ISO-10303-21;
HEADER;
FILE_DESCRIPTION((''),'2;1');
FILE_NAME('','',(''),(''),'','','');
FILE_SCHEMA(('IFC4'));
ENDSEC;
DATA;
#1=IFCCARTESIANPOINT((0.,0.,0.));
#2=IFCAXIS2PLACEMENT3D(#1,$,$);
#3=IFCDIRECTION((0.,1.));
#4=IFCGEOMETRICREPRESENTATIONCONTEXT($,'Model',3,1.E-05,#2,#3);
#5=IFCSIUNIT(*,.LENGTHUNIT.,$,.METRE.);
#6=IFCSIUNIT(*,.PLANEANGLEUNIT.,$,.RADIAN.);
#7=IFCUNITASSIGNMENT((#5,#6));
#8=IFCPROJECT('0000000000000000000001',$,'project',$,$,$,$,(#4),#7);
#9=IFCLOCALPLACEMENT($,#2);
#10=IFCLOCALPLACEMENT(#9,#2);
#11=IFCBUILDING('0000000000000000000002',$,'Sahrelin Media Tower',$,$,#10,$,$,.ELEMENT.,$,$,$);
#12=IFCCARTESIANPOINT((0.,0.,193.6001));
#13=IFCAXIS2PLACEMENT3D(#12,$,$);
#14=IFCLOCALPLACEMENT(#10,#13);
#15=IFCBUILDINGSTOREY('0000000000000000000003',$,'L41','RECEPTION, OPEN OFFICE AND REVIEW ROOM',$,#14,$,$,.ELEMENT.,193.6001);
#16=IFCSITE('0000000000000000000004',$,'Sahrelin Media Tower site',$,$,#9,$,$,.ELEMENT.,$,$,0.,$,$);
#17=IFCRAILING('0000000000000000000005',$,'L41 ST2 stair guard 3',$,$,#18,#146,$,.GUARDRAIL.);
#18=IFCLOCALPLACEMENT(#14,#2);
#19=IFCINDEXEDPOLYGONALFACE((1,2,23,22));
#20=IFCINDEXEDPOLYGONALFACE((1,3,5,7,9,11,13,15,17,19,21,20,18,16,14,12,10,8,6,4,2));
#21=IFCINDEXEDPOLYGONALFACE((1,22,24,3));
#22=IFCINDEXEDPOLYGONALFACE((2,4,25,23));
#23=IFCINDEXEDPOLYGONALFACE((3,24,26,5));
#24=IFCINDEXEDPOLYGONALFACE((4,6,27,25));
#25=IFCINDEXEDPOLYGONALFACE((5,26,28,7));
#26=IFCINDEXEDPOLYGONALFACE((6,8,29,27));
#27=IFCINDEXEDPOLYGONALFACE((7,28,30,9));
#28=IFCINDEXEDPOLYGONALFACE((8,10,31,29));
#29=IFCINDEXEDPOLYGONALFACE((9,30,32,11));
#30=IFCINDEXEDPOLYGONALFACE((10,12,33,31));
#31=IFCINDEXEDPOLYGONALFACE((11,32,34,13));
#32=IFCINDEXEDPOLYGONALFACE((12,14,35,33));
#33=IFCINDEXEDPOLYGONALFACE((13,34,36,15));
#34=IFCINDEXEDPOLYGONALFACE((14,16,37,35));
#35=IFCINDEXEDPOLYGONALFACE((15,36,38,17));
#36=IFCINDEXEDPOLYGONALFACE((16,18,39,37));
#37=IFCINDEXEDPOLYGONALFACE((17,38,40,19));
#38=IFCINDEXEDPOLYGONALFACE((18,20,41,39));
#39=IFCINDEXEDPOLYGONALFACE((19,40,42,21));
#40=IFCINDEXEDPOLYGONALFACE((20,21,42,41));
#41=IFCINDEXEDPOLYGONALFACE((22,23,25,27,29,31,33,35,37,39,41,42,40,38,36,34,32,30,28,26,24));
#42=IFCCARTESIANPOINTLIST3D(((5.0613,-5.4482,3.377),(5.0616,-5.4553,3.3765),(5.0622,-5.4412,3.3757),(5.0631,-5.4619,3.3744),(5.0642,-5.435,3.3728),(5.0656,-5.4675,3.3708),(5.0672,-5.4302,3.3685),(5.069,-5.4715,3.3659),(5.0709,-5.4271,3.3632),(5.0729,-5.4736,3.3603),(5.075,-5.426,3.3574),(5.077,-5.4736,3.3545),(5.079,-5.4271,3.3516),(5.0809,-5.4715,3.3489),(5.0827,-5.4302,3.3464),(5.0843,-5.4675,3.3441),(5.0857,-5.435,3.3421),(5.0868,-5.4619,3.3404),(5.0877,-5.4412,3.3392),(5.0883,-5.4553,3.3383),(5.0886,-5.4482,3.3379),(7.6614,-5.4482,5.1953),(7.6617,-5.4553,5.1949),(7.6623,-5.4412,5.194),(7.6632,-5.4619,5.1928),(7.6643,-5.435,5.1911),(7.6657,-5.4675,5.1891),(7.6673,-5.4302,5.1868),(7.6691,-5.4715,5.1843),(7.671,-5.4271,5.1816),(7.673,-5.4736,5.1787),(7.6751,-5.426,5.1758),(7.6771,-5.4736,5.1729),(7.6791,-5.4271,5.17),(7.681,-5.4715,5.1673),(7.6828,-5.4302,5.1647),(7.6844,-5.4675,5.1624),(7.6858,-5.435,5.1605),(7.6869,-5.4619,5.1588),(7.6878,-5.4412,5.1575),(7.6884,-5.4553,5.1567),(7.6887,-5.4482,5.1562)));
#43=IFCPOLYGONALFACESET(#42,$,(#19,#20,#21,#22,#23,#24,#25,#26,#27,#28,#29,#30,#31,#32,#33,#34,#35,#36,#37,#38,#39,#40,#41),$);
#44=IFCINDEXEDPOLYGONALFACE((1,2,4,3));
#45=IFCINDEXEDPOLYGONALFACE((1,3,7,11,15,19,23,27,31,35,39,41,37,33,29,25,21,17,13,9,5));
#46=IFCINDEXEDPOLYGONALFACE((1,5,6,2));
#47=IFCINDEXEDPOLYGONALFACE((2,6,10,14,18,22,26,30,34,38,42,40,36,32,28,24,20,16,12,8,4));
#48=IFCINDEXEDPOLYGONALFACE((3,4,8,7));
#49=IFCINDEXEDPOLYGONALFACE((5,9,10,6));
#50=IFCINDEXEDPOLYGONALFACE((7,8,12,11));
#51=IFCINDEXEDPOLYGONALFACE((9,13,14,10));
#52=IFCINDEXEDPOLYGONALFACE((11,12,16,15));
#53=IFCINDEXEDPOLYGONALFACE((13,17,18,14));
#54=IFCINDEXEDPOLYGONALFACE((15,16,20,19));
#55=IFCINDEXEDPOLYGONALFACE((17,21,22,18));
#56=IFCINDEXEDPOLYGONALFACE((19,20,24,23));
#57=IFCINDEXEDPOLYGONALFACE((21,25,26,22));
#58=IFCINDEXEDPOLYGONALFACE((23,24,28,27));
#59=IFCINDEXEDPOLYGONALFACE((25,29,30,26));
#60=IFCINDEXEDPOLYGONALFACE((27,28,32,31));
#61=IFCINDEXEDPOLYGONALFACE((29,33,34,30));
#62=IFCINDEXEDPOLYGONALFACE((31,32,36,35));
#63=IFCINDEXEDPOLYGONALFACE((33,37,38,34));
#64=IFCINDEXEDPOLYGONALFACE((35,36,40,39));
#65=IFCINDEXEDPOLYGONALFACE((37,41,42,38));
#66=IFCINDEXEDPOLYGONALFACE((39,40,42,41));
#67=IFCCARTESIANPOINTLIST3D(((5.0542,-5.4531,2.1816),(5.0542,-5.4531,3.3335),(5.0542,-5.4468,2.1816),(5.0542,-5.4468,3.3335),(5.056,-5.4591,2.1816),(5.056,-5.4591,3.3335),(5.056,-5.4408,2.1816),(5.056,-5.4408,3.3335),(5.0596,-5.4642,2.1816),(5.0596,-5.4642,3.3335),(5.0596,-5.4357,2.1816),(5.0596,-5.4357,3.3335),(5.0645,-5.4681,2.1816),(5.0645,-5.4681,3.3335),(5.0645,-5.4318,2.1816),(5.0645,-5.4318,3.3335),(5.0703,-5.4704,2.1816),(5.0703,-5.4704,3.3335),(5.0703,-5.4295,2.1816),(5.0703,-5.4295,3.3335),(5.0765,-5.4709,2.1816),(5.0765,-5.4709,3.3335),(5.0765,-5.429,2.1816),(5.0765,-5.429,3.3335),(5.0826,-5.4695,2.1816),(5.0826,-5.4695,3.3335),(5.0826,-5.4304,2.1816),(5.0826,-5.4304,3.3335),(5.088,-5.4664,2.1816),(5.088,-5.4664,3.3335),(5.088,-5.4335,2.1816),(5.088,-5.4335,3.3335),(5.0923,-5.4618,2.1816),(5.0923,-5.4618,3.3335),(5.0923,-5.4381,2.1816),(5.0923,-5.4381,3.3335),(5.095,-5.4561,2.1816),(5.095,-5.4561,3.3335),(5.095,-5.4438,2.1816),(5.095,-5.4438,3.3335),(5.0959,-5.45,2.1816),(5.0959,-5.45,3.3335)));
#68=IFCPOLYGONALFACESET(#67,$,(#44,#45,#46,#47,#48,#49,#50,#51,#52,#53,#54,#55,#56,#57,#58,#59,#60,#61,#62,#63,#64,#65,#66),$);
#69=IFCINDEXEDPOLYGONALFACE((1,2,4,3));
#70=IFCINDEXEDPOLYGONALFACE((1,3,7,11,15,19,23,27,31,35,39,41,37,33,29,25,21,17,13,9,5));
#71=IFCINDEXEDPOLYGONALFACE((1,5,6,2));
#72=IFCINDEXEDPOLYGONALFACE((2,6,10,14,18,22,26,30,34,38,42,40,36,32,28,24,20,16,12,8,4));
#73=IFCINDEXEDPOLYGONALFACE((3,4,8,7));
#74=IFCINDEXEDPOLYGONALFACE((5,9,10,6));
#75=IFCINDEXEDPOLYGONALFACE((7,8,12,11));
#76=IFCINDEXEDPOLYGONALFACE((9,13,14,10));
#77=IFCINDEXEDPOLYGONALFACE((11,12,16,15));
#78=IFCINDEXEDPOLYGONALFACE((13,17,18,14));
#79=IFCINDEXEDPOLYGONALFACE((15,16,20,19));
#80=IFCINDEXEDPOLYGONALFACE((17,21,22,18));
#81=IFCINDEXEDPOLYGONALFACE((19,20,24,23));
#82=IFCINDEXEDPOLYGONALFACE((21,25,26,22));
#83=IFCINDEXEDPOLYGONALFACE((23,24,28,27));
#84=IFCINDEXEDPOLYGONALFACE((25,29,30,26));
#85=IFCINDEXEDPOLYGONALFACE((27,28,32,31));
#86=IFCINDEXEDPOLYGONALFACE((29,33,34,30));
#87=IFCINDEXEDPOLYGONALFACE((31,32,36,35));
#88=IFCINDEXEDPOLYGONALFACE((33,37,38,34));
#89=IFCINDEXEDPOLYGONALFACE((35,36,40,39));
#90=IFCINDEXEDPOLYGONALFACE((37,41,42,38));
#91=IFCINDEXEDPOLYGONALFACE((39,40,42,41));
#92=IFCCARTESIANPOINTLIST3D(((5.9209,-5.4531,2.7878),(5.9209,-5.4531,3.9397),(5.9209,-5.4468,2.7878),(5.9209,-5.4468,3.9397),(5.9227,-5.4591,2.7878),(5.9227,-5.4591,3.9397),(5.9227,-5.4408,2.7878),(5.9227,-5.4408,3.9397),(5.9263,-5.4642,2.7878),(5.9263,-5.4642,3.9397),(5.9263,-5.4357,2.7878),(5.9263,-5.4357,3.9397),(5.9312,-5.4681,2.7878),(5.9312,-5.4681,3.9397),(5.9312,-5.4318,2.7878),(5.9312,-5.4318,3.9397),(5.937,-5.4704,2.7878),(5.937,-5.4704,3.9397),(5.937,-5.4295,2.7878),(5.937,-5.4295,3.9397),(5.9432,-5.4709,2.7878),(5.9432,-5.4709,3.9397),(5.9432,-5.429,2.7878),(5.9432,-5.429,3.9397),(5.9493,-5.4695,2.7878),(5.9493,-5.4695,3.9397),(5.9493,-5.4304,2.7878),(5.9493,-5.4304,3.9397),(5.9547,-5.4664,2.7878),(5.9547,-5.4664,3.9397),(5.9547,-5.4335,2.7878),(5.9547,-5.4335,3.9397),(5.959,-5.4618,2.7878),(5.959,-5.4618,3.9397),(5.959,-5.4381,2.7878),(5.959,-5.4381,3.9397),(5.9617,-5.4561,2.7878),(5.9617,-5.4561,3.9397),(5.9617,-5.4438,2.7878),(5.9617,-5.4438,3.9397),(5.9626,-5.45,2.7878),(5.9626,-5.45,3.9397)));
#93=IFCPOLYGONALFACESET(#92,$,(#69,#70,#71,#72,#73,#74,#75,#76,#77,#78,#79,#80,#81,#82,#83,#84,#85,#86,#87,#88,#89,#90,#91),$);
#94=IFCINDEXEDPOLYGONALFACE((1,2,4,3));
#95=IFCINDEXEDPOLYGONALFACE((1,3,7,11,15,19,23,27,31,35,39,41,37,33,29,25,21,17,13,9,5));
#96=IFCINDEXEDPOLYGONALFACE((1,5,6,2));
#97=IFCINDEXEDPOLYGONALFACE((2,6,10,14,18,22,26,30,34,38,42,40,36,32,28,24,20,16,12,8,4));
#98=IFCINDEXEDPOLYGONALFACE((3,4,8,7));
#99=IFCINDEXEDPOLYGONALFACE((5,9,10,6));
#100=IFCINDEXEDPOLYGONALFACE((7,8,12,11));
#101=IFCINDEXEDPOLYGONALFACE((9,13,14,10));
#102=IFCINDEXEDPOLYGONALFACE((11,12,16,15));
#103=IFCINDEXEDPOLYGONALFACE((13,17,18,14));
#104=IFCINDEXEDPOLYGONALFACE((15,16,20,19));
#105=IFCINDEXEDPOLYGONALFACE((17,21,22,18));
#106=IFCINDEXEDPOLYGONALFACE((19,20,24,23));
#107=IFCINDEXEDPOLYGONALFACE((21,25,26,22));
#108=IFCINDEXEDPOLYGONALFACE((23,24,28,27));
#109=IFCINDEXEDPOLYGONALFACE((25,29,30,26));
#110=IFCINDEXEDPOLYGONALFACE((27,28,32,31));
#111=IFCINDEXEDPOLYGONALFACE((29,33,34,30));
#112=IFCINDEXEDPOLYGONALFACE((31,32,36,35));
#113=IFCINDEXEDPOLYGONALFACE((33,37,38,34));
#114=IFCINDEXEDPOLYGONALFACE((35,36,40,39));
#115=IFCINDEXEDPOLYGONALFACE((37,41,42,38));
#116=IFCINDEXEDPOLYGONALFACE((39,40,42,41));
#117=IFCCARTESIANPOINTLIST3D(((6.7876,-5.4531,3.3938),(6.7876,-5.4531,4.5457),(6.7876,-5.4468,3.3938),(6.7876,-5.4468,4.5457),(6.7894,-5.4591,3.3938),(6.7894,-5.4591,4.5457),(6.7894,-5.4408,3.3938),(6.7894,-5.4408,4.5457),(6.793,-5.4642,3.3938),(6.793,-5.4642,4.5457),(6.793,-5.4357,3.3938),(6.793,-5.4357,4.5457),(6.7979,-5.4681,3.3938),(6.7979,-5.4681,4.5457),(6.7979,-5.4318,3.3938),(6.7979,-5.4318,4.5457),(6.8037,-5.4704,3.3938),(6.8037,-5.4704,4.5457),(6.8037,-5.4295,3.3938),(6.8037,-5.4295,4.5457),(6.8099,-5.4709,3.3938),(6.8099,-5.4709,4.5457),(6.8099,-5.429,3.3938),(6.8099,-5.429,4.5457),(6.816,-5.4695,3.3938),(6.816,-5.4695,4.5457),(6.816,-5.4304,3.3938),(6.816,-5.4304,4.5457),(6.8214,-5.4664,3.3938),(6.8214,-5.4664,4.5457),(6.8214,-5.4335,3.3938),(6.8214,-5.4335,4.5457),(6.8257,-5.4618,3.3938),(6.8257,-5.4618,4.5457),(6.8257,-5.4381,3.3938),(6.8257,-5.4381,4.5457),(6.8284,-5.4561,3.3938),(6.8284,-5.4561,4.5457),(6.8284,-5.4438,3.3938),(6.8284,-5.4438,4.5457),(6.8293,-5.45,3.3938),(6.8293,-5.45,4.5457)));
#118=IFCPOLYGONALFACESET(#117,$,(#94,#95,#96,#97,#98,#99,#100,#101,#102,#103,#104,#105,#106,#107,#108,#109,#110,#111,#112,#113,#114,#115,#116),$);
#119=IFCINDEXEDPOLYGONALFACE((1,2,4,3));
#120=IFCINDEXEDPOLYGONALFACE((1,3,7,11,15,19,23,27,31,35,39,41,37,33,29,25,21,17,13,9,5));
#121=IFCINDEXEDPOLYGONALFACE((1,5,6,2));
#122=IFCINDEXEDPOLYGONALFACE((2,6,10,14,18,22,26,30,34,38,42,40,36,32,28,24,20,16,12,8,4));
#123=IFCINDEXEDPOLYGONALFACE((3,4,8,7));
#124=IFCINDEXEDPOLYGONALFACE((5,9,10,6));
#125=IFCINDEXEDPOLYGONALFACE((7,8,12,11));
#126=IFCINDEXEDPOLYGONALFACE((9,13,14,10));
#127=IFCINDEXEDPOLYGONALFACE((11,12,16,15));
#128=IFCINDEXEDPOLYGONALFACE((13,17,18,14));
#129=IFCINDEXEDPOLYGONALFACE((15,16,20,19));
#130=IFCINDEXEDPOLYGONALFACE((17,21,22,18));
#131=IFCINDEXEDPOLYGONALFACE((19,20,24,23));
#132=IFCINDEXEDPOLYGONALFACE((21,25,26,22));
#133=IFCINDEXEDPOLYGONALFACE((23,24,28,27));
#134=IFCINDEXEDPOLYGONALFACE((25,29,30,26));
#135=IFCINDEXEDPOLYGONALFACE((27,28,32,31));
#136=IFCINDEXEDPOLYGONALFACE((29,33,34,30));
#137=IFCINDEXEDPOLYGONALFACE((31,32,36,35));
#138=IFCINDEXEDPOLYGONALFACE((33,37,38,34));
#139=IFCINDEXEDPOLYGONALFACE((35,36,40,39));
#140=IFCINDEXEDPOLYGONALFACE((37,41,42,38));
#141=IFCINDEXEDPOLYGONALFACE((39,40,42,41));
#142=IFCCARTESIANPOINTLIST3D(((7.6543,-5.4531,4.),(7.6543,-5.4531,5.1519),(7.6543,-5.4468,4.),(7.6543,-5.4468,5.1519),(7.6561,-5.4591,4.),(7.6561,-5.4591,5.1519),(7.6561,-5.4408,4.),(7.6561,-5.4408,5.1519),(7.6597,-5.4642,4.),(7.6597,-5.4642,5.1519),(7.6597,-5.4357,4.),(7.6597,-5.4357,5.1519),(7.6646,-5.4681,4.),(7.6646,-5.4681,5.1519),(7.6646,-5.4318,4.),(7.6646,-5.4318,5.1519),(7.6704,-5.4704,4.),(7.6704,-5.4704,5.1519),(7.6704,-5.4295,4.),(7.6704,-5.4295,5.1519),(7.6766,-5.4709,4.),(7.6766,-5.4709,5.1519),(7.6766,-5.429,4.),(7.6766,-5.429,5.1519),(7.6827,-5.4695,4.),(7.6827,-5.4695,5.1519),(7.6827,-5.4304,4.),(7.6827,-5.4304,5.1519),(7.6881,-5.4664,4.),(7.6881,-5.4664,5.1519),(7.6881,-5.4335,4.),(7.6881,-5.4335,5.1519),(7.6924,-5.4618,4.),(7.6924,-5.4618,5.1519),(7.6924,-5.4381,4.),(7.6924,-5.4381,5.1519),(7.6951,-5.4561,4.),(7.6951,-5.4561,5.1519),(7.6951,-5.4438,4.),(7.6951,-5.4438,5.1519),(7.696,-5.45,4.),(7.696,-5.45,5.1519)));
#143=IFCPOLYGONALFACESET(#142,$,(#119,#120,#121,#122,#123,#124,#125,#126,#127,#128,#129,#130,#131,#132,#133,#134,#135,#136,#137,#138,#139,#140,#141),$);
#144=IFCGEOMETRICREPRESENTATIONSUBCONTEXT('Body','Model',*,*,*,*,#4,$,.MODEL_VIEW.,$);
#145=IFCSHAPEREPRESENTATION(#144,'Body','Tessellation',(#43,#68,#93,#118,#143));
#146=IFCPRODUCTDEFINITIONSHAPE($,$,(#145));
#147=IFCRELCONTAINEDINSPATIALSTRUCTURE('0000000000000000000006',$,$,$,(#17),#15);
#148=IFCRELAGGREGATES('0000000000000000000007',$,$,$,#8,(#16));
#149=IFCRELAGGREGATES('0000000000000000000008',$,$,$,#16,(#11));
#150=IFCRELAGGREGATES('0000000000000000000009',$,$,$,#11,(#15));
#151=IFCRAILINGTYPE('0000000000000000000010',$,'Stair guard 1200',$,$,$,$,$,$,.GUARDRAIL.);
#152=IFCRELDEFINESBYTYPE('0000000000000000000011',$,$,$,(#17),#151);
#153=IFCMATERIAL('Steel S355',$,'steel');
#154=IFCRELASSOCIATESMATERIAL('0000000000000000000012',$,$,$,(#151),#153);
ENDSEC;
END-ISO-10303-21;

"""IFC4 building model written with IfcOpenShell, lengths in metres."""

from ifc_helpers import new_model, si_unit, direction, frame, origin, origin_2d, place, context, subcontext, project, spatial, circle, extrude, material, type_object, element, save


model = new_model("IFC4")

# Units and contexts
model_context = context("Model", 3, precision=1e-05, world=origin(), true_north=direction((0.0, 1.0)))
body_context = subcontext(model_context, "Body", "Model", "MODEL_VIEW")
ifc_project = project(units=[si_unit("LENGTHUNIT", "METRE"), si_unit("PLANEANGLEUNIT", "RADIAN")], contexts=[model_context])

# Site, building, storey
site_placement = place(None, origin())
site = spatial("IfcSite", under=ifc_project, at=site_placement, Name="Sahrelin Media Tower site", CompositionType="ELEMENT", RefElevation=0.0)
building_placement = place(site_placement, origin())
building = spatial("IfcBuilding", under=site, at=building_placement, Name="Sahrelin Media Tower", CompositionType="ELEMENT")
storey_placement = place(building_placement, frame((0.0, 0.0, 193.6001)))
storey = spatial("IfcBuildingStorey", under=building, at=storey_placement, Name="L41", Description="RECEPTION, OPEN OFFICE AND REVIEW ROOM", CompositionType="ELEMENT", Elevation=193.6001)

# Shared definitions
ifc_material_1 = material(Name="Steel S355", Category="steel")

# Railing
railing_type_1 = type_object("IfcRailingType", Name="Stair guard 1200", PredefinedType="GUARDRAIL", material=ifc_material_1)
railing_1_placement = place(storey_placement, frame((5.075, -5.45, 2.1816)))
element("IfcRailing", 1, at=railing_1_placement, inside=storey, type_object=railing_type_1, Name="L41 ST2 stair guard 3", PredefinedType="GUARDRAIL", context=body_context, shape_type="SweptSolid", body=[
    extrude(circle(Radius=0.0239, at=origin_2d()), frame((0.0, 0.0, 1.1758), z_axis=(0.819485, 0.0, 0.573101), x_axis=(0.0, 1.0, 0.0)), (0.0, 0.0, 1.0), 3.1729),
    extrude(circle(Radius=0.021, at=origin_2d()), origin(), (0.0, 0.0, 1.0), 1.1519),
    extrude(circle(Radius=0.021, at=origin_2d()), frame((0.8667, 0.0, 0.6062)), (0.0, 0.0, 1.0), 1.1519),
    extrude(circle(Radius=0.021, at=origin_2d()), frame((1.7334, 0.0, 1.2122)), (0.0, 0.0, 1.0), 1.1519),
    extrude(circle(Radius=0.021, at=origin_2d()), frame((2.6001, 0.0, 1.8184)), (0.0, 0.0, 1.0), 1.1519),
])

save(model, "model.ifc")
